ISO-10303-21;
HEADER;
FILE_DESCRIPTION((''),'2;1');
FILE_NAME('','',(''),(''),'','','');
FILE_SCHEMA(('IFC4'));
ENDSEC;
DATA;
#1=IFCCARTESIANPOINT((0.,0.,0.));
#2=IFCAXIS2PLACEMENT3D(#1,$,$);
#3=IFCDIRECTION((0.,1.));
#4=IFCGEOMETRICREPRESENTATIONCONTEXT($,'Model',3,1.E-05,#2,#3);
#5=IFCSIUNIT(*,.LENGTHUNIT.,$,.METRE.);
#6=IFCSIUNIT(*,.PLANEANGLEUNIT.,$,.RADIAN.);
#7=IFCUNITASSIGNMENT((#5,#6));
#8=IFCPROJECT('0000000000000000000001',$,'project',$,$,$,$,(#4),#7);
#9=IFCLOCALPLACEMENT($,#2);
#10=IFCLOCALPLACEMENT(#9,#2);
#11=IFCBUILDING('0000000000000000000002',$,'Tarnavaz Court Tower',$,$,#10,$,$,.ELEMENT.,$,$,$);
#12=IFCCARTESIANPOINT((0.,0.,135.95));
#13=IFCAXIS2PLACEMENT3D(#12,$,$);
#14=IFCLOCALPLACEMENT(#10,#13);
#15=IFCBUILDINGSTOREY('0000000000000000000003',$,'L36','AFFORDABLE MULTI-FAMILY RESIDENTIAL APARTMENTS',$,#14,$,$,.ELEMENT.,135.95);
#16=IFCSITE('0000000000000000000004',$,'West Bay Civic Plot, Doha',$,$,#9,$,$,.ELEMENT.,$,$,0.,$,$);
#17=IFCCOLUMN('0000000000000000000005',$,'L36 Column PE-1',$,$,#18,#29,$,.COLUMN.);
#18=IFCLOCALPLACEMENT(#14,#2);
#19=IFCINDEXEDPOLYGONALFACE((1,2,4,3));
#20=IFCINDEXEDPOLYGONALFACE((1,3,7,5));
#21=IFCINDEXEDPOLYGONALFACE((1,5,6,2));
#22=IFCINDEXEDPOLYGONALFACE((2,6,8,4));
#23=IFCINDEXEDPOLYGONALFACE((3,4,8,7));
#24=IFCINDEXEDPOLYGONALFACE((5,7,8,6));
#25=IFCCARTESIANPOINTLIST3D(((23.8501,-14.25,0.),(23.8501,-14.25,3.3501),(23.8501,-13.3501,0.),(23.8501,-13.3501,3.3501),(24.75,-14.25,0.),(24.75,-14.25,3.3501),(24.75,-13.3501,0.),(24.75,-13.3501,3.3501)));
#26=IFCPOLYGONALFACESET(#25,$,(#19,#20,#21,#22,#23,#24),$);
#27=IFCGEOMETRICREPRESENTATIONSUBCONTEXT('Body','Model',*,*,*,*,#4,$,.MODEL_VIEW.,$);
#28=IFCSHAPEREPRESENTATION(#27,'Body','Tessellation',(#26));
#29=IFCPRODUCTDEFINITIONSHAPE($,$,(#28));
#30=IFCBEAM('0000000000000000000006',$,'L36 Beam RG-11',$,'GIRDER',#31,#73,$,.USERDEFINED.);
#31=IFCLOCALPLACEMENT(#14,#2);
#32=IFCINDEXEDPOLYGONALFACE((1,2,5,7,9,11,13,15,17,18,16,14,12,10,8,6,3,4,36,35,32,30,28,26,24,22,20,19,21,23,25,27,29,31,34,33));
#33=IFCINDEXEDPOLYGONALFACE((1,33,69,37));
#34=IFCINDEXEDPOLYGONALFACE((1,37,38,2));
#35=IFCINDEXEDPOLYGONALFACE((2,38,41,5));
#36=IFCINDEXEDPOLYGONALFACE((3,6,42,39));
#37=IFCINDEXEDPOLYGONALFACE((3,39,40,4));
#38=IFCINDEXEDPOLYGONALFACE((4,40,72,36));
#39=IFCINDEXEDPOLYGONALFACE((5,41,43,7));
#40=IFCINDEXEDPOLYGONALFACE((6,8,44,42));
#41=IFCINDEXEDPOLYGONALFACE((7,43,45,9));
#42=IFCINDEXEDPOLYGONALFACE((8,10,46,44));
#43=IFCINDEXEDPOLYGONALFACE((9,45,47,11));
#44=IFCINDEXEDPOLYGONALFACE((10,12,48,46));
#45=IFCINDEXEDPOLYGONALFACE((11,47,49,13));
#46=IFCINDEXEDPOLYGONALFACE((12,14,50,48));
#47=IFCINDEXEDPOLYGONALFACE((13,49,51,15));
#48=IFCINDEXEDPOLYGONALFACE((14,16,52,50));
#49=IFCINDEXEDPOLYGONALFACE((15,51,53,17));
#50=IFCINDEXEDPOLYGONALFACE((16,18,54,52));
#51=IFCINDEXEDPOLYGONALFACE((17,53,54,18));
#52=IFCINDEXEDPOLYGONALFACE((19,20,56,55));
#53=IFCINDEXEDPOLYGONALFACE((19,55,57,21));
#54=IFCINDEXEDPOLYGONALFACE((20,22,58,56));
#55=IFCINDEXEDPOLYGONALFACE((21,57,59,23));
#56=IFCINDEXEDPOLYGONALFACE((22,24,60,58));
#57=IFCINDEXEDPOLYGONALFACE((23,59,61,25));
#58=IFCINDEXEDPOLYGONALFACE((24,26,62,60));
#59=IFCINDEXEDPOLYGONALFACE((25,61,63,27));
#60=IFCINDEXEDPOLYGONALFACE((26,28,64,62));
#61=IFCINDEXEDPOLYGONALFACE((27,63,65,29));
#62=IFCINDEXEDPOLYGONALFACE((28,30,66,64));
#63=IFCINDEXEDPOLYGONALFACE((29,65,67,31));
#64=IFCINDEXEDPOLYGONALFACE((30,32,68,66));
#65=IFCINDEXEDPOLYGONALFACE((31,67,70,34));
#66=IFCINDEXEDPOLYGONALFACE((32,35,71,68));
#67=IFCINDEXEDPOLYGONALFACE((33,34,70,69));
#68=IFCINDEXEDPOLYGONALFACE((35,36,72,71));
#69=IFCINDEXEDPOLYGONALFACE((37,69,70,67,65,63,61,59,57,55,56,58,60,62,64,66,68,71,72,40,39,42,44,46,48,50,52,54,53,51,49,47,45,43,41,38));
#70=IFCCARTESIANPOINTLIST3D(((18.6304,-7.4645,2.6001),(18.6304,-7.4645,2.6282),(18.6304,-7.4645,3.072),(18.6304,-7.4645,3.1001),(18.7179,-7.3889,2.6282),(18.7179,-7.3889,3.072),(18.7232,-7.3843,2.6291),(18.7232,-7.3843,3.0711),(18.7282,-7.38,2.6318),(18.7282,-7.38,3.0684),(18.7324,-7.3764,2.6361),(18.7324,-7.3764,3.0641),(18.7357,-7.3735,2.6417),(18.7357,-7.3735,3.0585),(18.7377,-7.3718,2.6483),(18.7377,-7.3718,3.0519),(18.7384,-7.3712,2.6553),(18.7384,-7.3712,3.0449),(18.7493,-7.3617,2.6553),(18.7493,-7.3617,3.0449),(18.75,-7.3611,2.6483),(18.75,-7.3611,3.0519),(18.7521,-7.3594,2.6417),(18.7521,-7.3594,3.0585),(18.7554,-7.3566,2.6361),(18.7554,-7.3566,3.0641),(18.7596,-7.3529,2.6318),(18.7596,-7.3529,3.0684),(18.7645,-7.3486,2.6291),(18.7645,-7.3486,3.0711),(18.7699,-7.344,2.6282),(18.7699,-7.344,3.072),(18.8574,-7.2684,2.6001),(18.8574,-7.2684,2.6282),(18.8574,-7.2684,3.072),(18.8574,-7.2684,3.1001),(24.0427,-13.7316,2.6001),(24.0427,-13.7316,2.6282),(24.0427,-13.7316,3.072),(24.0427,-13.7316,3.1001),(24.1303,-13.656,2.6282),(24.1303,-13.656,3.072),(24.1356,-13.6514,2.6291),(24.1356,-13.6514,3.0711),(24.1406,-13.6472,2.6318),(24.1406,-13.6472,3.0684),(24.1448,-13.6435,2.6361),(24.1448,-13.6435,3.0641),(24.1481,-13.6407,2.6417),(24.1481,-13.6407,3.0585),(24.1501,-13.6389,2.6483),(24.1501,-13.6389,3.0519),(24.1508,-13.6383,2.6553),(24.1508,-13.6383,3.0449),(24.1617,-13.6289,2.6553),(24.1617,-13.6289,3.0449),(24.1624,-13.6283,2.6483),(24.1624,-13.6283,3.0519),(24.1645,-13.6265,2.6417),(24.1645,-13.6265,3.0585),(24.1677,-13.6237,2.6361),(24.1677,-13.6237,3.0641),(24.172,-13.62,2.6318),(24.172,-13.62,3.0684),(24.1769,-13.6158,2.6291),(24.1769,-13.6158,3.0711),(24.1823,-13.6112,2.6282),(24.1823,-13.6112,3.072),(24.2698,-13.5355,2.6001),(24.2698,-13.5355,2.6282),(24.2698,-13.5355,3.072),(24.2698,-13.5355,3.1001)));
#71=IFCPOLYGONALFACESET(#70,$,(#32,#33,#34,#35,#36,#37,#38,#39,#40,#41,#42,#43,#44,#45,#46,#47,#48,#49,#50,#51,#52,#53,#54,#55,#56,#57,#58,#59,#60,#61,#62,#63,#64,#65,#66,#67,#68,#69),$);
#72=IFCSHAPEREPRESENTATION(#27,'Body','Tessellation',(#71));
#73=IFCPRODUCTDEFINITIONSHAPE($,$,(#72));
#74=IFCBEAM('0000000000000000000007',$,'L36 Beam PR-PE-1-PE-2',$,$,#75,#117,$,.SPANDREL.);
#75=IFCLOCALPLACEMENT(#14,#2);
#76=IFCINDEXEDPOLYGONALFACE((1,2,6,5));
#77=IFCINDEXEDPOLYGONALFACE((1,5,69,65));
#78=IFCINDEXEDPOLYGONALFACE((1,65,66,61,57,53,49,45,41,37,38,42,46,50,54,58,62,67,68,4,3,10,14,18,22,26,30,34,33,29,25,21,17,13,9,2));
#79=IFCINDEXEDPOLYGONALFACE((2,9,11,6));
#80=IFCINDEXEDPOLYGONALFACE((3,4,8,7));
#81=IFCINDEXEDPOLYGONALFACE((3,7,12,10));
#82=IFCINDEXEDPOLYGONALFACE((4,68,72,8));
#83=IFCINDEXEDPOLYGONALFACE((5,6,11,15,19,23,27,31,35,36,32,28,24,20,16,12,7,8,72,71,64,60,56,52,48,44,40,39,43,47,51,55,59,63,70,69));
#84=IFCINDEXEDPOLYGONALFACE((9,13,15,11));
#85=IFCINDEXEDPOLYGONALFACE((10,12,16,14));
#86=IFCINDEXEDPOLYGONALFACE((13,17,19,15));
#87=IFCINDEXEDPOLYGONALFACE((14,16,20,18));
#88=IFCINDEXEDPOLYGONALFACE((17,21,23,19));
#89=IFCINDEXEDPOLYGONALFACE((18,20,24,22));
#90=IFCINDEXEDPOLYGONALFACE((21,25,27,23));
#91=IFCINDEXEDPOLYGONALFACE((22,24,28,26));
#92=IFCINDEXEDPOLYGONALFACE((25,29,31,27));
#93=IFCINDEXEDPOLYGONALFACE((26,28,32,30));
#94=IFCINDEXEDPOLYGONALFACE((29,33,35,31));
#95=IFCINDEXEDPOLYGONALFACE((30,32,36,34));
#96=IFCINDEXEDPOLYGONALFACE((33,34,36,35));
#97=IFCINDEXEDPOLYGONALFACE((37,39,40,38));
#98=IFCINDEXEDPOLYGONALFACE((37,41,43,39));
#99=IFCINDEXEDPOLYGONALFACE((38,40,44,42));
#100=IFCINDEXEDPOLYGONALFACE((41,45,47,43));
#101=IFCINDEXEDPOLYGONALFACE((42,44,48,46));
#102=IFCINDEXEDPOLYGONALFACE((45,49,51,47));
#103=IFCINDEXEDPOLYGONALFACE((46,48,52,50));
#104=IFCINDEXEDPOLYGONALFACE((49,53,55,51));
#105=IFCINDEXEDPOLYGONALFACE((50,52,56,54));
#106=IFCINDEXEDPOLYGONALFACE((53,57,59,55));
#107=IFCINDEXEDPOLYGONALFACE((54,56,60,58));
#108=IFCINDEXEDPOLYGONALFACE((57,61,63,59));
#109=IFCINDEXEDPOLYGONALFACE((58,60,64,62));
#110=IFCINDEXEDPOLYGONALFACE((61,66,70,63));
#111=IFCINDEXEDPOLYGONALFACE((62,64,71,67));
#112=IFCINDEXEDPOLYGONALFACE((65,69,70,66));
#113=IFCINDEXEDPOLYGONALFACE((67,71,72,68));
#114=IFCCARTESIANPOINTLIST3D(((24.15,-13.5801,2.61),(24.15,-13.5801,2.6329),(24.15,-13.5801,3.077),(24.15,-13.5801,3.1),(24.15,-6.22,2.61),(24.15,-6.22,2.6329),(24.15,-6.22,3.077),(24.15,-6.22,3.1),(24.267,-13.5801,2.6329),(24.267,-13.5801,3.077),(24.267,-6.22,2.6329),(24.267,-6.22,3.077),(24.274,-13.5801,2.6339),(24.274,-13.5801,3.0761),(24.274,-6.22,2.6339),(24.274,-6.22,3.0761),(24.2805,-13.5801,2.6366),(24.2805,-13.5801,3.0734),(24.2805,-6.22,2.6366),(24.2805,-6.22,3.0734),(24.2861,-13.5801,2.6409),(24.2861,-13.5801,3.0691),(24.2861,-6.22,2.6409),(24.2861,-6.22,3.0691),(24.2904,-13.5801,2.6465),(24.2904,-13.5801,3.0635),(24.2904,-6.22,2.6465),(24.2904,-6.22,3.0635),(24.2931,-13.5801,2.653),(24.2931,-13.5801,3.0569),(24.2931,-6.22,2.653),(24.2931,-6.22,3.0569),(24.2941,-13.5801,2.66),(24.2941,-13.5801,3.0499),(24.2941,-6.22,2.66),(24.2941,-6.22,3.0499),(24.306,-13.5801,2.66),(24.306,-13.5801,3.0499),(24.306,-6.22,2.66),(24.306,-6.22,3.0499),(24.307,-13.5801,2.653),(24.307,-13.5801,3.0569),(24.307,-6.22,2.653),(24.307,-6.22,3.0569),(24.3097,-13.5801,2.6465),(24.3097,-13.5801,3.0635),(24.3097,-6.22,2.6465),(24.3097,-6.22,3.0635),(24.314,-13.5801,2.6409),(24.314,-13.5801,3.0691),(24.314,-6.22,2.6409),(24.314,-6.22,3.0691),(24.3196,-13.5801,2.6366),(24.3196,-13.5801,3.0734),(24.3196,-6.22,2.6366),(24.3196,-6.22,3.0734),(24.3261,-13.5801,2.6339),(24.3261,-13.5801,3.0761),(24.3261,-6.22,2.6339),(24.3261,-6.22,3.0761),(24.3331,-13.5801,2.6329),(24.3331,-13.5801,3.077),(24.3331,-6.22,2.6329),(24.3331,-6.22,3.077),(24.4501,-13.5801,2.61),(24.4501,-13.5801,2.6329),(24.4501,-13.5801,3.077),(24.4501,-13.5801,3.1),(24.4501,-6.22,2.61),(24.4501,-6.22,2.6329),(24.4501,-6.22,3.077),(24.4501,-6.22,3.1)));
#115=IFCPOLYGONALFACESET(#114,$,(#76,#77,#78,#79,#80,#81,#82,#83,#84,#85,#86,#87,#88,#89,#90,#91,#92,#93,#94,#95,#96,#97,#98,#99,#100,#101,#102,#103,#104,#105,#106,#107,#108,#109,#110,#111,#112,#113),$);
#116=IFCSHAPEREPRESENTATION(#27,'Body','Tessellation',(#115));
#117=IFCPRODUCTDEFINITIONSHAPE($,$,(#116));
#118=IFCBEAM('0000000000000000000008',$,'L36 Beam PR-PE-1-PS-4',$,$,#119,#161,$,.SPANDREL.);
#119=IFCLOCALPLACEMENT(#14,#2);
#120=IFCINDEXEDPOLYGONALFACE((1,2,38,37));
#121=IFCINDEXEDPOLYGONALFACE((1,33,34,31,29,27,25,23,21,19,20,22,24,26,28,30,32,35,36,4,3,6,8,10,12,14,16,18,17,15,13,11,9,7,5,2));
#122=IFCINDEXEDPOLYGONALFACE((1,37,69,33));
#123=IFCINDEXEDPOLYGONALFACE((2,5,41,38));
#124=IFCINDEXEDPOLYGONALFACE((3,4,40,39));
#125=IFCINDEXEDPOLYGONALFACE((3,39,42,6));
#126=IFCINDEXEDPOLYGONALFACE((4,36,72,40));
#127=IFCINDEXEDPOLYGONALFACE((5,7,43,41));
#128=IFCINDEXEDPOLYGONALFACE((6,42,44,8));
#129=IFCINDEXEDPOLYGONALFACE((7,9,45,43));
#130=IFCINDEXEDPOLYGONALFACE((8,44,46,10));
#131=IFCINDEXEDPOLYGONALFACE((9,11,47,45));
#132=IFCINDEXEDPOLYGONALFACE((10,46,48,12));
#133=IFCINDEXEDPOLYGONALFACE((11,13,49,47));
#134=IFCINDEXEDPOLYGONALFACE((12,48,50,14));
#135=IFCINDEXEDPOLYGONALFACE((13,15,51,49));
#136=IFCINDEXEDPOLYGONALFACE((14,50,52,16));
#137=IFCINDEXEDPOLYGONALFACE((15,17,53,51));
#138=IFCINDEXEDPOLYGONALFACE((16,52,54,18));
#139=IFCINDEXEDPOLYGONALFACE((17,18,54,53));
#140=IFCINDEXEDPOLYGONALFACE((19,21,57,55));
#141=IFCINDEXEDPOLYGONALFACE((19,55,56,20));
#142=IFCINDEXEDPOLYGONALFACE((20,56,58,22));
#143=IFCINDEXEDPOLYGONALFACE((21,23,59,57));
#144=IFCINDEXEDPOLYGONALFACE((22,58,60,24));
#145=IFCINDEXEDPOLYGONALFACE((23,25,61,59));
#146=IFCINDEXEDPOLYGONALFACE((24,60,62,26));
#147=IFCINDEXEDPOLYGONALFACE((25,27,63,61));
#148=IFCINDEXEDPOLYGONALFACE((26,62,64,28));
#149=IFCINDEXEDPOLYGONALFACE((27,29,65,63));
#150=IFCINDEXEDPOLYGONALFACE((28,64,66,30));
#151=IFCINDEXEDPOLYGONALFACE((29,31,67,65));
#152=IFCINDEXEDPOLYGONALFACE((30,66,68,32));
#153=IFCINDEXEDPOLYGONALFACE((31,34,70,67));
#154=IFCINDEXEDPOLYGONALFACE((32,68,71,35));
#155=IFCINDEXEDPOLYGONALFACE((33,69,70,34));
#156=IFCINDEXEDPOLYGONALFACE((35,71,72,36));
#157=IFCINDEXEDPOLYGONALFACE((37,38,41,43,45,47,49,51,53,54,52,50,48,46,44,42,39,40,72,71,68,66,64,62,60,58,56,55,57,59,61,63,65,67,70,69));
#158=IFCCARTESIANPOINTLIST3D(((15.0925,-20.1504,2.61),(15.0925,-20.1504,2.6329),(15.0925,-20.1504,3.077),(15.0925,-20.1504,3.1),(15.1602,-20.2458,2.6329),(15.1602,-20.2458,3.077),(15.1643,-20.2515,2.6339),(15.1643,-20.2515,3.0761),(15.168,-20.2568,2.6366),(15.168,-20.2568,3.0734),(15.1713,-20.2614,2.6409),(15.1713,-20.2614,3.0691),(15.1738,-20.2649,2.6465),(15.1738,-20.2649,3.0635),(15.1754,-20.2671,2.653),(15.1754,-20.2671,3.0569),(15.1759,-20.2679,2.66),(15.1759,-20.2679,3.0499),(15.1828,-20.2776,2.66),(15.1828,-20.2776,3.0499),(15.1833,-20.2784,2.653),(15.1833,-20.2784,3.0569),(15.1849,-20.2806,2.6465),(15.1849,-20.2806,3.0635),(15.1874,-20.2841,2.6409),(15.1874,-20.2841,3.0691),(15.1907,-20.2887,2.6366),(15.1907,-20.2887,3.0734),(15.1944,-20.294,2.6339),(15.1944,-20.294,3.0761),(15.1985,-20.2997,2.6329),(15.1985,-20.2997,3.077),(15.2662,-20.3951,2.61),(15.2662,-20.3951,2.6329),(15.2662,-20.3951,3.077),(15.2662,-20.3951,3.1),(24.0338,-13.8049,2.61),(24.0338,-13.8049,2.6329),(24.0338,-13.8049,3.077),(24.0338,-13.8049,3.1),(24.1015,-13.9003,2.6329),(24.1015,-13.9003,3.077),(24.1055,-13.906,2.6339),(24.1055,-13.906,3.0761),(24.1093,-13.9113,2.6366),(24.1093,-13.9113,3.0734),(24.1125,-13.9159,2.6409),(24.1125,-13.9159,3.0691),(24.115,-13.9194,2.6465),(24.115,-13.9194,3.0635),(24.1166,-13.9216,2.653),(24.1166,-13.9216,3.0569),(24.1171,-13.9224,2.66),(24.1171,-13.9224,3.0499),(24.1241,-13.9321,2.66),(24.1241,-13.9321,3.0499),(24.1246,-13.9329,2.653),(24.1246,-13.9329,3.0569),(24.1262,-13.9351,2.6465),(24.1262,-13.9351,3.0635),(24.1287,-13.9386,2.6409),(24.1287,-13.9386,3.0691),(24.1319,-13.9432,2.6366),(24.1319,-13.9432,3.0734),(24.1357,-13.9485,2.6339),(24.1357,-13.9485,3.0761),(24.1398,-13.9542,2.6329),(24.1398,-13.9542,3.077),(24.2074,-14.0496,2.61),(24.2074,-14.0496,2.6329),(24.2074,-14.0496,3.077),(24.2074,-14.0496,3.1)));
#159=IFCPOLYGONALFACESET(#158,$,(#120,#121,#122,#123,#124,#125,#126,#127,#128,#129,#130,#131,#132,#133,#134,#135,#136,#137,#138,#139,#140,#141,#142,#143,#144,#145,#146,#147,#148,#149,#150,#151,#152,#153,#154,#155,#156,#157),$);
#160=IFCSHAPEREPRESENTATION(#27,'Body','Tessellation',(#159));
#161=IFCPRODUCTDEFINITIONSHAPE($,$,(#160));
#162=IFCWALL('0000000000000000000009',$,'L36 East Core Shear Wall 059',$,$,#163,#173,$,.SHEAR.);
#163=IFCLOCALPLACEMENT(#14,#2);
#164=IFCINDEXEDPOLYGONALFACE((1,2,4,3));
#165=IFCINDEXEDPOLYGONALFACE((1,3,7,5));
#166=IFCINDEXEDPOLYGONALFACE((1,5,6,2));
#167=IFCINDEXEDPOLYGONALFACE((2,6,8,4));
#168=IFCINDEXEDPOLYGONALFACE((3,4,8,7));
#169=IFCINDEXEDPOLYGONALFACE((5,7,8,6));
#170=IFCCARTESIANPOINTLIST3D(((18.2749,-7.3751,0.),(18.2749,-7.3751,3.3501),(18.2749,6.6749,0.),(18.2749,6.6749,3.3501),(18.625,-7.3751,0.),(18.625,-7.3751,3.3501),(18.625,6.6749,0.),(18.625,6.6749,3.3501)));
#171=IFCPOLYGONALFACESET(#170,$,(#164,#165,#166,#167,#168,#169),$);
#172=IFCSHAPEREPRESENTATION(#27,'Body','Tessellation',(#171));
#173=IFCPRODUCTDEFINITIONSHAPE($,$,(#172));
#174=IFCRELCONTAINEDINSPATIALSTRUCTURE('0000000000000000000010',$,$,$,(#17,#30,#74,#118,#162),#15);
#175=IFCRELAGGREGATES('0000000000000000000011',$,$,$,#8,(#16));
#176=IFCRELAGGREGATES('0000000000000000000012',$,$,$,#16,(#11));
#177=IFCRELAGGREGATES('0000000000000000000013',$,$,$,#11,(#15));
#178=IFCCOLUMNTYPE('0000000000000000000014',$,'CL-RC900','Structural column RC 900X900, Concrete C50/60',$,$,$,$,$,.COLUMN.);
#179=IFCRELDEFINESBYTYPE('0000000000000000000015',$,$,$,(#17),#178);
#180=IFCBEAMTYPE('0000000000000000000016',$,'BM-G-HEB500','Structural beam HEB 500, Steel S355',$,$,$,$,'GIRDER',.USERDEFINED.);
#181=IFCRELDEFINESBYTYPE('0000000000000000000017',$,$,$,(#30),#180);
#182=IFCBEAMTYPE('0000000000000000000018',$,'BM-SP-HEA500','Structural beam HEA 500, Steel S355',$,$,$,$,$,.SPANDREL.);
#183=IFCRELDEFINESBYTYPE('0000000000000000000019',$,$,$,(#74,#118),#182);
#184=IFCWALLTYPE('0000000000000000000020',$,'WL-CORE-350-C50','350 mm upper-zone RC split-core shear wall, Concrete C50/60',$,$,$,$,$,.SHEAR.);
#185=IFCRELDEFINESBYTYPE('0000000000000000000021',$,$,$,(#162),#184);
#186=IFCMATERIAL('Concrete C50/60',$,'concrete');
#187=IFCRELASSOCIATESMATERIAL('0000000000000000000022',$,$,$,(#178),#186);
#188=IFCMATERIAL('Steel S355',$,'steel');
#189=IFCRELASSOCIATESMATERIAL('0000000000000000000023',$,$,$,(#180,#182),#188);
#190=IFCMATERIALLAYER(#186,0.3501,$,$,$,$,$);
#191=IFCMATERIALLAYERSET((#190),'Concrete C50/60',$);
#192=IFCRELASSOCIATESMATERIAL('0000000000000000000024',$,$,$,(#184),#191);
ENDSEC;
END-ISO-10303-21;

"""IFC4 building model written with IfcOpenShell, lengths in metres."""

from ifc_helpers import new_model, si_unit, direction, frame, frame_2d, origin, origin_2d, place, context, subcontext, project, spatial, rectangle, i_section, extrude, material, layer, layer_set, material_profile, profile_set, type_object, element, save


model = new_model("IFC4")

# Units and contexts
model_context = context("Model", 3, precision=1e-05, world=origin(), true_north=direction((0.0, 1.0)))
body_context = subcontext(model_context, "Body", "Model", "MODEL_VIEW")
ifc_project = project(units=[si_unit("LENGTHUNIT", "METRE"), si_unit("PLANEANGLEUNIT", "RADIAN")], contexts=[model_context])

# Site, building, storey
site_placement = place(None, origin())
site = spatial("IfcSite", under=ifc_project, at=site_placement, Name="West Bay Civic Plot, Doha", CompositionType="ELEMENT", RefElevation=0.0)
building_placement = place(site_placement, origin())
building = spatial("IfcBuilding", under=site, at=building_placement, Name="Tarnavaz Court Tower", CompositionType="ELEMENT")
storey_placement = place(building_placement, frame((0.0, 0.0, 135.95)))
storey = spatial("IfcBuildingStorey", under=building, at=storey_placement, Name="L36", Description="AFFORDABLE MULTI-FAMILY RESIDENTIAL APARTMENTS", CompositionType="ELEMENT", Elevation=135.95)

# Column
ifc_material_1 = material(Name="Concrete C50/60", Category="concrete")
ifc_material_profile_1 = material_profile(ifc_material_1, rectangle(XDim=0.8999, YDim=0.8999, at=origin_2d()), Name="RC 900X900")
ifc_profile_set_1 = profile_set([ifc_material_profile_1], Name="Concrete C50/60")
column_type = type_object("IfcColumnType", Name="CL-RC900", Description="Structural column RC 900X900, Concrete C50/60", PredefinedType="COLUMN", material=ifc_profile_set_1)
column_placement = place(storey_placement, frame((24.3, -13.8, 0.0), z_axis=(0.0, 0.0, 1.0), x_axis=(1.0, 0.0, 0.0)))
element("IfcColumn", 1, at=column_placement, inside=storey, type_object=column_type, Name="L36 Column PE-1", PredefinedType="COLUMN", context=body_context, shape_type="SweptSolid", body=[
    extrude(rectangle(XDim=0.8999, YDim=0.8999, at=origin_2d()), origin(), (0.0, 0.0, 1.0), 3.3501),
])

# Beams
ifc_material_2 = material(Name="Steel S355", Category="steel")
ifc_material_profile_2 = material_profile(ifc_material_2, i_section(OverallWidth=0.3, OverallDepth=0.5, WebThickness=0.0144, FlangeThickness=0.0281, FilletRadius=0.0271, at=origin_2d()), Name="HEB 500")
ifc_profile_set_2 = profile_set([ifc_material_profile_2], Name="Steel S355")
beam_type_1 = type_object("IfcBeamType", Name="BM-G-HEB500", Description="Structural beam HEB 500, Steel S355", ElementType="GIRDER", PredefinedType="USERDEFINED", material=ifc_profile_set_2)
beam_1_placement = place(storey_placement, frame((18.7439, -7.3665, 2.8501), z_axis=(0.653611, -0.756831, 0.0), x_axis=(0.756831, 0.653611, 0.0)))
element("IfcBeam", 2, at=beam_1_placement, inside=storey, type_object=beam_type_1, Name="L36 Beam RG-11", ObjectType="GIRDER", PredefinedType="USERDEFINED", context=body_context, shape_type="SweptSolid", body=[
    extrude(i_section(OverallWidth=0.3, OverallDepth=0.5, WebThickness=0.0144, FlangeThickness=0.0281, FilletRadius=0.0271, at=origin_2d()), origin(), (0.0, 0.0, 1.0), 8.2808),
])
ifc_material_profile_3 = material_profile(ifc_material_2, i_section(OverallWidth=0.3, OverallDepth=0.49, WebThickness=0.012, FlangeThickness=0.0229, FilletRadius=0.0271, at=origin_2d()), Name="HEA 500")
ifc_profile_set_3 = profile_set([ifc_material_profile_3], Name="Steel S355")
beam_type_2 = type_object("IfcBeamType", Name="BM-SP-HEA500", Description="Structural beam HEA 500, Steel S355", PredefinedType="SPANDREL", material=ifc_profile_set_3)
beam_2_placement = place(storey_placement, frame((24.3, -13.5801, 2.855), z_axis=(0.0, 1.0, 0.0), x_axis=(-1.0, 0.0, 0.0)))
element("IfcBeam", 3, at=beam_2_placement, inside=storey, type_object=beam_type_2, Name="L36 Beam PR-PE-1-PE-2", PredefinedType="SPANDREL", context=body_context, shape_type="SweptSolid", body=[
    extrude(i_section(OverallWidth=0.3, OverallDepth=0.49, WebThickness=0.012, FlangeThickness=0.0229, FilletRadius=0.0271, at=origin_2d()), origin(), (0.0, 0.0, 1.0), 7.3601),
])
beam_3_placement = place(storey_placement, frame((24.1206, -13.9272, 2.855), z_axis=(-0.815502, -0.578754, 0.0), x_axis=(0.578754, -0.815502, 0.0)))
element("IfcBeam", 4, at=beam_3_placement, inside=storey, type_object=beam_type_2, Name="L36 Beam PR-PE-1-PS-4", PredefinedType="SPANDREL", context=body_context, shape_type="SweptSolid", body=[
    extrude(i_section(OverallWidth=0.3, OverallDepth=0.49, WebThickness=0.012, FlangeThickness=0.0229, FilletRadius=0.0271, at=origin_2d()), origin(), (0.0, 0.0, 1.0), 10.9641),
])

# Wall
ifc_layer_1 = layer(ifc_material_1, 0.3501)
ifc_layer_set_1 = layer_set([ifc_layer_1], Name="Concrete C50/60")
wall_type_1 = type_object("IfcWallType", Name="WL-CORE-350-C50", Description="350 mm upper-zone RC split-core shear wall, Concrete C50/60", PredefinedType="SHEAR", material=ifc_layer_set_1)
wall_1_placement = place(storey_placement, frame((18.45, -7.375, 0.0), z_axis=(0.0, 0.0, 1.0), x_axis=(0.0, 1.0, 0.0)))
element("IfcWall", 5, at=wall_1_placement, inside=storey, type_object=wall_type_1, Name="L36 East Core Shear Wall 059", PredefinedType="SHEAR", context=body_context, shape_type="SweptSolid", body=[
    extrude(rectangle(XDim=14.05, YDim=0.3501, at=frame_2d((7.0249, 0.0))), origin(), (0.0, 0.0, 1.0), 3.3501),
])

save(model, "model.ifc")
